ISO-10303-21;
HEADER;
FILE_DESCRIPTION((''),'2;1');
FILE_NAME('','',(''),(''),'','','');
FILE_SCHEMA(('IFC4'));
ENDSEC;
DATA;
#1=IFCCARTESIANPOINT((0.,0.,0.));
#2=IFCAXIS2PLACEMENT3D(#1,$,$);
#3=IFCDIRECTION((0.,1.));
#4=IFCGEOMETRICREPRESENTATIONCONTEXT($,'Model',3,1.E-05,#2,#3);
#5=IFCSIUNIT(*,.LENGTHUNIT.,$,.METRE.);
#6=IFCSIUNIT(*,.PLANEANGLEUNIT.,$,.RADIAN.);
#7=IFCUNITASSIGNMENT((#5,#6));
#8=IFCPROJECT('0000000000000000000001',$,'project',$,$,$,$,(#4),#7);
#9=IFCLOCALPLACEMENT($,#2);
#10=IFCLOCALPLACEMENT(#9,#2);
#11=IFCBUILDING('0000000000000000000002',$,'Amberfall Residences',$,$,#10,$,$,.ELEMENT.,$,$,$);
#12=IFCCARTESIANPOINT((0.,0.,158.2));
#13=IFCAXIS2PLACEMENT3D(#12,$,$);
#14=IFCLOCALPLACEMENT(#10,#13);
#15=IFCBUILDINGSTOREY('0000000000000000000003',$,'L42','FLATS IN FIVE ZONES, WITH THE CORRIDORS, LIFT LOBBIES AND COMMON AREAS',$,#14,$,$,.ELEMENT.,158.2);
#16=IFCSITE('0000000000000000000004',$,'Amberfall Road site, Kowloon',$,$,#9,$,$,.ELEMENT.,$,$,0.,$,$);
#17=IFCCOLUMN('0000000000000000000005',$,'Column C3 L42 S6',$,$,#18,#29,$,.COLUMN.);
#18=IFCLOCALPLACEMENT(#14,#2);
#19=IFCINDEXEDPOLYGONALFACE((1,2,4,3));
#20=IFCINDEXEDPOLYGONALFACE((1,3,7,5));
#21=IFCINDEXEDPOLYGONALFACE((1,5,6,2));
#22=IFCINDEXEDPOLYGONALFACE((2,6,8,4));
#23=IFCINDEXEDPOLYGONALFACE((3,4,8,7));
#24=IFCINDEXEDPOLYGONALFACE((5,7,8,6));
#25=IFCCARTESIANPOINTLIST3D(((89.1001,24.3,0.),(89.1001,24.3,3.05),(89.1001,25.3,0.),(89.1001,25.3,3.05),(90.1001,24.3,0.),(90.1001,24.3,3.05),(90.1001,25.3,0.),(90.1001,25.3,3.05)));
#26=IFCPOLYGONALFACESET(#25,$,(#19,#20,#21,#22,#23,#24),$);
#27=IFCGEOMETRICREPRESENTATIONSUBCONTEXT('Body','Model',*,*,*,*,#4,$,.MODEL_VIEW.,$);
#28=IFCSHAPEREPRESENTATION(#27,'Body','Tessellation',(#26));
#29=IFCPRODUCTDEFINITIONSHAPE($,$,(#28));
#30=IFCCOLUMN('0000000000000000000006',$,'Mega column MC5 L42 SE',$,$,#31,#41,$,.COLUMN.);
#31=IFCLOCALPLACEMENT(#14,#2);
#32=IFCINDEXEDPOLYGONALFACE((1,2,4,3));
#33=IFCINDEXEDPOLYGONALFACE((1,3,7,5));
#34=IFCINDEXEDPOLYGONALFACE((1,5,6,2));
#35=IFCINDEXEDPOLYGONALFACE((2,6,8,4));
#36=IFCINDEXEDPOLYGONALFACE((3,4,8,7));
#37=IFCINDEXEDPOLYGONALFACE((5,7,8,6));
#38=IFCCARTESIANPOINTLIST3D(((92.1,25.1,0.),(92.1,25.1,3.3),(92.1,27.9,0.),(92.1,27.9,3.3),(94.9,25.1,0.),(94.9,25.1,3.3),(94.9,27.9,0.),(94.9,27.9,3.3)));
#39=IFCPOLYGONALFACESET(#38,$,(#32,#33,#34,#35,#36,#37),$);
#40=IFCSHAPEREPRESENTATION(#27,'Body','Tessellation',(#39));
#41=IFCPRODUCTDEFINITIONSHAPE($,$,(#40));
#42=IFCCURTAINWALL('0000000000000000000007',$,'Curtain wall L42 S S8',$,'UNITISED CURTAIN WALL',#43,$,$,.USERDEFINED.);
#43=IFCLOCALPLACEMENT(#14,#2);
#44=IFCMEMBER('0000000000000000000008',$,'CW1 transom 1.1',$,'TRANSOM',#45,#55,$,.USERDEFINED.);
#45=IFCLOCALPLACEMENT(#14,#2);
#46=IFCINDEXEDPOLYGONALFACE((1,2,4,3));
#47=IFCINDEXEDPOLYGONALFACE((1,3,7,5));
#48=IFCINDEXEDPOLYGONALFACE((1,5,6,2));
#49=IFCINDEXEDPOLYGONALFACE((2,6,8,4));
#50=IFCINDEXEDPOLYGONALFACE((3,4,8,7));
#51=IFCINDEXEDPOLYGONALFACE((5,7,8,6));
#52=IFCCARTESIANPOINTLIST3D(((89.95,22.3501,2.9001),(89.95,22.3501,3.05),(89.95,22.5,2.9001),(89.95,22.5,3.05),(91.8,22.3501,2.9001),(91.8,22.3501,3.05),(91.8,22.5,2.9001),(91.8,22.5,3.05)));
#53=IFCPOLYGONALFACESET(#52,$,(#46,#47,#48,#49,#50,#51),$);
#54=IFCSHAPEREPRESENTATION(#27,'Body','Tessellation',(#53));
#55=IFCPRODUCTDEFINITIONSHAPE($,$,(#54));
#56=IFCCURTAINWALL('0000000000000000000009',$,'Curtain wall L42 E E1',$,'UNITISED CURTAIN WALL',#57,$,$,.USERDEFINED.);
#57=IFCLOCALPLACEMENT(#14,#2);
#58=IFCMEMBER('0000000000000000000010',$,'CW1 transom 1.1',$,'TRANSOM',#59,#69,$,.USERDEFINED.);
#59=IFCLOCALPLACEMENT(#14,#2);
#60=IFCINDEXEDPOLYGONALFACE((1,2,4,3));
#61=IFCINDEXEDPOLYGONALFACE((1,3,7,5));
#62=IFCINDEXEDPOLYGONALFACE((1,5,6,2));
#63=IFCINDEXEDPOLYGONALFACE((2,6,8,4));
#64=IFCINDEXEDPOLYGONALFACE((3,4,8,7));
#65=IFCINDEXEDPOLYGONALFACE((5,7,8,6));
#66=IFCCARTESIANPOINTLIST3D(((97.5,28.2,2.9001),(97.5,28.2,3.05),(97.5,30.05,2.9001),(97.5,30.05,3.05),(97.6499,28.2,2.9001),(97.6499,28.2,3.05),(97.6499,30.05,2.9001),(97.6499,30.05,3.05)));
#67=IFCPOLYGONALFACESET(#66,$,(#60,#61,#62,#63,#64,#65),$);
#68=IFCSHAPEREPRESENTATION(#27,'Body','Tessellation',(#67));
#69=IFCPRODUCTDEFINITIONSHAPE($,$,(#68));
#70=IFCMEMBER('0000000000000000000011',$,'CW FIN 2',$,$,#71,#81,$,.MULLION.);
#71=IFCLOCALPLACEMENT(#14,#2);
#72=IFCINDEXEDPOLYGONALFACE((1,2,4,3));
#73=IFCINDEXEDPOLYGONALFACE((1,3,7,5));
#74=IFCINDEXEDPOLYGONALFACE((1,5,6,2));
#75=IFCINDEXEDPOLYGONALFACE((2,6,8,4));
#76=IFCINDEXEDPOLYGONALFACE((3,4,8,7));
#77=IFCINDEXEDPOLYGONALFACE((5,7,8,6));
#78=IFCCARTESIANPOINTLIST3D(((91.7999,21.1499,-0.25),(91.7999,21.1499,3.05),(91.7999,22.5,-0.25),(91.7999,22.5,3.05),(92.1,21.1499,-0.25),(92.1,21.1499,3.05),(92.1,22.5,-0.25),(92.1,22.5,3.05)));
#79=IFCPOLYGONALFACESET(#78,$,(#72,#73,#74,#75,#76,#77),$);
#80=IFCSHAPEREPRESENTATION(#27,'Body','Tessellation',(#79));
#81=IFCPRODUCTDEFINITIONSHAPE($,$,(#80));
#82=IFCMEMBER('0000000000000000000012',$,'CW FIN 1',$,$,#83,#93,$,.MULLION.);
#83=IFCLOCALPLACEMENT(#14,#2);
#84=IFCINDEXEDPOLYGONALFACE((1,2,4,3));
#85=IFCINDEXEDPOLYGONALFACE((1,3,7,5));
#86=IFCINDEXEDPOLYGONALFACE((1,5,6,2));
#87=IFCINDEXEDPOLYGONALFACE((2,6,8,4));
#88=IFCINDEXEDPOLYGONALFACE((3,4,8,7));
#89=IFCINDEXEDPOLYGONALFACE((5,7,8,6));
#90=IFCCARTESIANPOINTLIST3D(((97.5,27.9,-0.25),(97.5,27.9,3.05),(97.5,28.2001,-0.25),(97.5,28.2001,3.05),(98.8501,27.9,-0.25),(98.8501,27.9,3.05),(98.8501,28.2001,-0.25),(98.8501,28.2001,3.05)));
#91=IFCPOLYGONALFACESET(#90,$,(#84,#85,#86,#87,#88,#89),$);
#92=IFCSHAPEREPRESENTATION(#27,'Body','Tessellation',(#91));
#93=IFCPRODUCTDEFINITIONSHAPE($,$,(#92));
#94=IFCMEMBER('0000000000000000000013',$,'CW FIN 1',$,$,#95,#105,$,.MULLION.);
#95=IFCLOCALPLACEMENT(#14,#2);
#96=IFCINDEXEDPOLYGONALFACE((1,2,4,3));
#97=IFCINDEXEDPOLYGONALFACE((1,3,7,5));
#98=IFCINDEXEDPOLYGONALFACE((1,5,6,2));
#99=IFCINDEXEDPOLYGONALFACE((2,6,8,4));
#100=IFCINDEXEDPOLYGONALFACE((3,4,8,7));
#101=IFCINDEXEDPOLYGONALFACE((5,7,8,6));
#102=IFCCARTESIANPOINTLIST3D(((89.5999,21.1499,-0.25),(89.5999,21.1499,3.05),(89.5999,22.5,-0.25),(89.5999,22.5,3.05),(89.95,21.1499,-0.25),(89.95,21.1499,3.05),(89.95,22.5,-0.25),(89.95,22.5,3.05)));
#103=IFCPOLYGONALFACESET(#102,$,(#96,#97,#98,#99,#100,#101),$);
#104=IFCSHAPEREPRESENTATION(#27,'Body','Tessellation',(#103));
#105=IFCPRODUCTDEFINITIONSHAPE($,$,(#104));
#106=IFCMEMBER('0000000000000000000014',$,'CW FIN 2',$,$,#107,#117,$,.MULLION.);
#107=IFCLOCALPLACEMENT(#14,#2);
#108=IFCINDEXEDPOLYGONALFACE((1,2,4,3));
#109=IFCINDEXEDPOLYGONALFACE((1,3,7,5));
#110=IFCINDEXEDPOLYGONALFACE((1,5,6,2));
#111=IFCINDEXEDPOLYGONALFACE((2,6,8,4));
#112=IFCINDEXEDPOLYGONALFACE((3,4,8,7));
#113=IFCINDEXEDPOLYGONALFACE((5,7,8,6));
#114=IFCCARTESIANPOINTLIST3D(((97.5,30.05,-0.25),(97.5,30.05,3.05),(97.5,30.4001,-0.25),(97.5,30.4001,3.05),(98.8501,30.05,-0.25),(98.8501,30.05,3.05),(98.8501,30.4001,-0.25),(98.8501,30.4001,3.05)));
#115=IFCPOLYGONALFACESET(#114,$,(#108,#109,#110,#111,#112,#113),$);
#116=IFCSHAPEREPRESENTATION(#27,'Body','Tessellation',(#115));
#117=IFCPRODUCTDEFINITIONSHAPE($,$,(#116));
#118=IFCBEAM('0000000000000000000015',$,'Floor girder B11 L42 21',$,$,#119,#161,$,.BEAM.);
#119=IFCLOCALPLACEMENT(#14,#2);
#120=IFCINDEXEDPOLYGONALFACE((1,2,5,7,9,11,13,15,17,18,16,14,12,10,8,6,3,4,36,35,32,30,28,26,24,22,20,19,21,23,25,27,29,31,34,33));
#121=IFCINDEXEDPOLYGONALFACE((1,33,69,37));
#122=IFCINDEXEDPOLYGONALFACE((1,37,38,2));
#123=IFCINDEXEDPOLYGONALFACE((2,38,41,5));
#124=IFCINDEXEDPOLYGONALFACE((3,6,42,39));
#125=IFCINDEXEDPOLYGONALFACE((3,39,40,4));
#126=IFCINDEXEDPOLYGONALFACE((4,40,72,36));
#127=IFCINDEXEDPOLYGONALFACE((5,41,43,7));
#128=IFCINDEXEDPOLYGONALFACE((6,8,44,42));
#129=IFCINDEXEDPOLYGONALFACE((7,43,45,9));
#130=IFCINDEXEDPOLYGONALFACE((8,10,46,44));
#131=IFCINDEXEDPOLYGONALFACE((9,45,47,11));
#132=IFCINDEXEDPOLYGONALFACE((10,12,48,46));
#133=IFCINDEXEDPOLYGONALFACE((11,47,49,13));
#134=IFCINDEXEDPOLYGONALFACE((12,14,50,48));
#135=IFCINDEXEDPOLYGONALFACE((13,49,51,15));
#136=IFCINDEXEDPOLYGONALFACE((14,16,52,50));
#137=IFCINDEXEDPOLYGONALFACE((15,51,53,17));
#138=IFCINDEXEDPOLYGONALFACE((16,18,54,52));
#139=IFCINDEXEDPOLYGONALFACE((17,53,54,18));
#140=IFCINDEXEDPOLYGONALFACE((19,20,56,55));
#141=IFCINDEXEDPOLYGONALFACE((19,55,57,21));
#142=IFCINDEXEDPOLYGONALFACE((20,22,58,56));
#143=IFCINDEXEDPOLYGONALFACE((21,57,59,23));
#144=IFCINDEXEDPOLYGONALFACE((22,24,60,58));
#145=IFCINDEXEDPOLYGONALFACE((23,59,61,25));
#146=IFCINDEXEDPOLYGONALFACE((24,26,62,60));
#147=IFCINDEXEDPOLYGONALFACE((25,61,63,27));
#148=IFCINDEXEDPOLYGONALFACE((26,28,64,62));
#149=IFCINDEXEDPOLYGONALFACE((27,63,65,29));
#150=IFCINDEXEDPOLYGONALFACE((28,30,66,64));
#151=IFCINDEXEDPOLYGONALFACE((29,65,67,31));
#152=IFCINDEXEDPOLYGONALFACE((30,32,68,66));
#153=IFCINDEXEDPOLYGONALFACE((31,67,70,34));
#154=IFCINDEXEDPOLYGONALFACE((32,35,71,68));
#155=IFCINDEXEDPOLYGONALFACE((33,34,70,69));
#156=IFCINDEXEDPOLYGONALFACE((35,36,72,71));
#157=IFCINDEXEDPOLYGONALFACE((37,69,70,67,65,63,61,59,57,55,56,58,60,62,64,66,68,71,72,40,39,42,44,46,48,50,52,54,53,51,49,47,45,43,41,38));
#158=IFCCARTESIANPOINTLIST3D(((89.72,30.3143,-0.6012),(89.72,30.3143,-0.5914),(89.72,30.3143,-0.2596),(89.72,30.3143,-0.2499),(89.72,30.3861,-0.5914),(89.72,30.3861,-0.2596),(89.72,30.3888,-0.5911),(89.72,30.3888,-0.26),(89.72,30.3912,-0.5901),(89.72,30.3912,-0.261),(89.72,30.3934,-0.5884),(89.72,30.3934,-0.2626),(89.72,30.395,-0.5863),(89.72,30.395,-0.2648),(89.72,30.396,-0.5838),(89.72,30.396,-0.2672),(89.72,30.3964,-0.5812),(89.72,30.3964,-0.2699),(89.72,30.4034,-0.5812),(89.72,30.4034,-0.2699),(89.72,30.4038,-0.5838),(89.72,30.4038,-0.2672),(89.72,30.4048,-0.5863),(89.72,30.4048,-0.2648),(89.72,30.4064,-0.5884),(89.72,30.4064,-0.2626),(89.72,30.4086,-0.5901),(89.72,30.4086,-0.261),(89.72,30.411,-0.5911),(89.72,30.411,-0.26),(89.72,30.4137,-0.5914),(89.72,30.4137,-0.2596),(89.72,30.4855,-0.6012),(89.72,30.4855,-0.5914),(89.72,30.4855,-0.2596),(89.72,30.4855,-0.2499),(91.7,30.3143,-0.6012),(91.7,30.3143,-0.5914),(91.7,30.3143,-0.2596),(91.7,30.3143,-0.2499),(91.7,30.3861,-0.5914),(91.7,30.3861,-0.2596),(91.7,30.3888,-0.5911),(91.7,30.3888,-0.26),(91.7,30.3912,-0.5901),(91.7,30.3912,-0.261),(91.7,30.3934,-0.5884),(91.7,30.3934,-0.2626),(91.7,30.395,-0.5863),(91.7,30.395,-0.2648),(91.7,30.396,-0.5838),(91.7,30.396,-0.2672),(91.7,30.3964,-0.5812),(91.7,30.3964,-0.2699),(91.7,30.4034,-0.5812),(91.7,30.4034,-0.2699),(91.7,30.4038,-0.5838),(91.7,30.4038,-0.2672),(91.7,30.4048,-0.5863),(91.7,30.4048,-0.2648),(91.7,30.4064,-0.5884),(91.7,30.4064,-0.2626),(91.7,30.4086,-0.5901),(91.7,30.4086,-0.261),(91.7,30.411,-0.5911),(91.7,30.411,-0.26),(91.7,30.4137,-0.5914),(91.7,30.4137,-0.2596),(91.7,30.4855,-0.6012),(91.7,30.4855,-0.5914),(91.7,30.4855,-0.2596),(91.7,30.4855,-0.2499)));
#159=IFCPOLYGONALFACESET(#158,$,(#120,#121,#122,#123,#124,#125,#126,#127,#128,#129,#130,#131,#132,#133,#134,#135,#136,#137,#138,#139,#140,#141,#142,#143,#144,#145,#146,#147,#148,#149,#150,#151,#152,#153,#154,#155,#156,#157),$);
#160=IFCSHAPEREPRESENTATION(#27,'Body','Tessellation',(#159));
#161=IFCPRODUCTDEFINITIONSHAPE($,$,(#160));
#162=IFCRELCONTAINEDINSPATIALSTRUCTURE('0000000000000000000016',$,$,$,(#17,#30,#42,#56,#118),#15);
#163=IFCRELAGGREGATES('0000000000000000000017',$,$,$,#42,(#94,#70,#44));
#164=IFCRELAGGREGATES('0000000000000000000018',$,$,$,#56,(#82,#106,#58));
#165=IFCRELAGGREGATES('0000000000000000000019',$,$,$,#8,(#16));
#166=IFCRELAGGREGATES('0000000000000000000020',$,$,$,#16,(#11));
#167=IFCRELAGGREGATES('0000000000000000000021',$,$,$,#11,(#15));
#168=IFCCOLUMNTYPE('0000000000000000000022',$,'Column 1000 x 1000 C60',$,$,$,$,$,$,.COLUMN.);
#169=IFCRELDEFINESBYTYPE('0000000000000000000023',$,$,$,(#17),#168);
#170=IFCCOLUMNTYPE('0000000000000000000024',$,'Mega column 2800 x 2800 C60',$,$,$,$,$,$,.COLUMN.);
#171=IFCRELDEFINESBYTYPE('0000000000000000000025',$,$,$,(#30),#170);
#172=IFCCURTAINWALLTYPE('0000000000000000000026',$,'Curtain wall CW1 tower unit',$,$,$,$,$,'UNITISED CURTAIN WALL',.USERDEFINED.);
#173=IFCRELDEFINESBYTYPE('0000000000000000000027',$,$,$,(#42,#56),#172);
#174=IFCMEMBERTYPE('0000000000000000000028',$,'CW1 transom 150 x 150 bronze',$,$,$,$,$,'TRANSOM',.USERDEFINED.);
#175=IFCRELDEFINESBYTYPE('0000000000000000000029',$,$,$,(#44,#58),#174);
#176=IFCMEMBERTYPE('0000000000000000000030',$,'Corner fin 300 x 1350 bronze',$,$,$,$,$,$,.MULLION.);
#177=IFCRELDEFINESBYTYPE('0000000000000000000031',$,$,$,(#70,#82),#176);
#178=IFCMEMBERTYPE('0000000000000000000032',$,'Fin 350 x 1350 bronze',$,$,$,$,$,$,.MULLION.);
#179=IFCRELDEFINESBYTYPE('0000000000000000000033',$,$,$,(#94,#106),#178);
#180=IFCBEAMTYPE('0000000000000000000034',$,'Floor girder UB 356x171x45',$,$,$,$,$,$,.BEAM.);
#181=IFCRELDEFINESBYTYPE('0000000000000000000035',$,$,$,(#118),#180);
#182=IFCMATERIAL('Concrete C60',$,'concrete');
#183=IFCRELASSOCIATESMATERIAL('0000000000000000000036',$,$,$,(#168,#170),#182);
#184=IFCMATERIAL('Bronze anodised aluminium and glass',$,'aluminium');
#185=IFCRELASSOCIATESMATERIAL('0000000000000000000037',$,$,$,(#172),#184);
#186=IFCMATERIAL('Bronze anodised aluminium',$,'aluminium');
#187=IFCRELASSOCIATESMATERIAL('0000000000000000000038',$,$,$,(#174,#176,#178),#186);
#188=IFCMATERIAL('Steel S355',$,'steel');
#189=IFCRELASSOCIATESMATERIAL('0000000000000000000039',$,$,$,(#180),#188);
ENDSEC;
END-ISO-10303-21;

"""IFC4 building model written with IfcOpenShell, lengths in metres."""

from ifc_helpers import new_model, si_unit, direction, frame, origin, origin_2d, place, context, subcontext, project, spatial, rectangle, i_section, extrude, material, material_profile, profile_set, type_object, element, aggregate, save


model = new_model("IFC4")

# Units and contexts
model_context = context("Model", 3, precision=1e-05, world=origin(), true_north=direction((0.0, 1.0)))
body_context = subcontext(model_context, "Body", "Model", "MODEL_VIEW")
ifc_project = project(units=[si_unit("LENGTHUNIT", "METRE"), si_unit("PLANEANGLEUNIT", "RADIAN")], contexts=[model_context])

# Site, building, storey
site_placement = place(None, origin())
site = spatial("IfcSite", under=ifc_project, at=site_placement, Name="Amberfall Road site, Kowloon", CompositionType="ELEMENT", RefElevation=0.0)
building_placement = place(site_placement, origin())
building = spatial("IfcBuilding", under=site, at=building_placement, Name="Amberfall Residences", CompositionType="ELEMENT")
storey_placement = place(building_placement, frame((0.0, 0.0, 158.2)))
storey = spatial("IfcBuildingStorey", under=building, at=storey_placement, Name="L42", Description="FLATS IN FIVE ZONES, WITH THE CORRIDORS, LIFT LOBBIES AND COMMON AREAS", CompositionType="ELEMENT", Elevation=158.2)

# Columns
ifc_material_1 = material(Name="Concrete C60", Category="concrete")
ifc_material_profile_1 = material_profile(ifc_material_1, rectangle(XDim=1.0, YDim=1.0, at=origin_2d()), Name="Column 1000 x 1000 C60")
ifc_profile_set_1 = profile_set([ifc_material_profile_1], Name="Concrete C60")
column_type_1 = type_object("IfcColumnType", Name="Column 1000 x 1000 C60", PredefinedType="COLUMN", material=ifc_profile_set_1)
column_1_placement = place(storey_placement, frame((89.6001, 24.8, 0.0), z_axis=(0.0, 0.0, 1.0), x_axis=(1.0, 0.0, 0.0)))
element("IfcColumn", 1, at=column_1_placement, inside=storey, type_object=column_type_1, Name="Column C3 L42 S6", PredefinedType="COLUMN", context=body_context, shape_type="SweptSolid", body=[
    extrude(rectangle(XDim=1.0, YDim=1.0, at=origin_2d()), origin(), (0.0, 0.0, 1.0), 3.05),
])
ifc_material_profile_2 = material_profile(ifc_material_1, rectangle(XDim=2.8, YDim=2.8, at=origin_2d()), Name="Mega column 2800 x 2800 C60")
ifc_profile_set_2 = profile_set([ifc_material_profile_2], Name="Concrete C60")
column_type_2 = type_object("IfcColumnType", Name="Mega column 2800 x 2800 C60", PredefinedType="COLUMN", material=ifc_profile_set_2)
column_2_placement = place(storey_placement, frame((93.5, 26.5, 0.0), z_axis=(0.0, 0.0, 1.0), x_axis=(1.0, 0.0, 0.0)))
element("IfcColumn", 2, at=column_2_placement, inside=storey, type_object=column_type_2, Name="Mega column MC5 L42 SE", PredefinedType="COLUMN", context=body_context, shape_type="SweptSolid", body=[
    extrude(rectangle(XDim=2.8, YDim=2.8, at=origin_2d()), origin(), (0.0, 0.0, 1.0), 3.3),
])

# Curtain walls, members
ifc_material_2 = material(Name="Bronze anodised aluminium and glass", Category="aluminium")
curtain_wall_type = type_object("IfcCurtainWallType", Name="Curtain wall CW1 tower unit", ElementType="UNITISED CURTAIN WALL", PredefinedType="USERDEFINED", material=ifc_material_2)
curtain_wall_1_placement = place(storey_placement, origin())
curtain_wall_1 = element("IfcCurtainWall", 3, at=curtain_wall_1_placement, inside=storey, type_object=curtain_wall_type, Name="Curtain wall L42 S S8", ObjectType="UNITISED CURTAIN WALL", PredefinedType="USERDEFINED")
ifc_material_3 = material(Name="Bronze anodised aluminium", Category="aluminium")
ifc_material_profile_3 = material_profile(ifc_material_3, rectangle(XDim=0.1499, YDim=0.1499, at=origin_2d()), Name="CW1 transom 150 x 150 bronze")
ifc_profile_set_3 = profile_set([ifc_material_profile_3], Name="Bronze anodised aluminium")
member_type_1 = type_object("IfcMemberType", Name="CW1 transom 150 x 150 bronze", ElementType="TRANSOM", PredefinedType="USERDEFINED", material=ifc_profile_set_3)
member_1_placement = place(storey_placement, frame((89.95, 22.425, 2.9751), z_axis=(1.0, 0.0, 0.0), x_axis=(0.0, 1.0, 0.0)))
member_1 = element("IfcMember", 4, at=member_1_placement, type_object=member_type_1, Name="CW1 transom 1.1", ObjectType="TRANSOM", PredefinedType="USERDEFINED", context=body_context, shape_type="SweptSolid", body=[
    extrude(rectangle(XDim=0.1499, YDim=0.1499, at=origin_2d()), origin(), (0.0, 0.0, 1.0), 1.8501),
])
curtain_wall_2_placement = place(storey_placement, origin())
curtain_wall_2 = element("IfcCurtainWall", 5, at=curtain_wall_2_placement, inside=storey, type_object=curtain_wall_type, Name="Curtain wall L42 E E1", ObjectType="UNITISED CURTAIN WALL", PredefinedType="USERDEFINED")
member_2_placement = place(storey_placement, frame((97.575, 28.2, 2.9751), z_axis=(0.0, 1.0, 0.0), x_axis=(-1.0, 0.0, 0.0)))
member_2 = element("IfcMember", 6, at=member_2_placement, type_object=member_type_1, Name="CW1 transom 1.1", ObjectType="TRANSOM", PredefinedType="USERDEFINED", context=body_context, shape_type="SweptSolid", body=[
    extrude(rectangle(XDim=0.1499, YDim=0.1499, at=origin_2d()), origin(), (0.0, 0.0, 1.0), 1.8501),
])

# Members
ifc_material_profile_4 = material_profile(ifc_material_3, rectangle(XDim=1.3501, YDim=0.3, at=origin_2d()), Name="Corner fin 300 x 1350 bronze")
ifc_profile_set_4 = profile_set([ifc_material_profile_4], Name="Bronze anodised aluminium")
member_type_2 = type_object("IfcMemberType", Name="Corner fin 300 x 1350 bronze", PredefinedType="MULLION", material=ifc_profile_set_4)
member_3_placement = place(storey_placement, frame((91.95, 21.825, -0.25), z_axis=(0.0, 0.0, 1.0), x_axis=(0.0, 1.0, 0.0)))
member_3 = element("IfcMember", 7, at=member_3_placement, type_object=member_type_2, Name="CW FIN 2", PredefinedType="MULLION", context=body_context, shape_type="SweptSolid", body=[
    extrude(rectangle(XDim=1.3501, YDim=0.3, at=origin_2d()), origin(), (0.0, 0.0, 1.0), 3.3),
])
member_4_placement = place(storey_placement, frame((98.175, 28.05, -0.25), z_axis=(0.0, 0.0, 1.0), x_axis=(-1.0, 0.0, 0.0)))
member_4 = element("IfcMember", 8, at=member_4_placement, type_object=member_type_2, Name="CW FIN 1", PredefinedType="MULLION", context=body_context, shape_type="SweptSolid", body=[
    extrude(rectangle(XDim=1.3501, YDim=0.3, at=origin_2d()), origin(), (0.0, 0.0, 1.0), 3.3),
])
ifc_material_profile_5 = material_profile(ifc_material_3, rectangle(XDim=1.3501, YDim=0.3501, at=origin_2d()), Name="Fin 350 x 1350 bronze")
ifc_profile_set_5 = profile_set([ifc_material_profile_5], Name="Bronze anodised aluminium")
member_type_3 = type_object("IfcMemberType", Name="Fin 350 x 1350 bronze", PredefinedType="MULLION", material=ifc_profile_set_5)
member_5_placement = place(storey_placement, frame((89.7749, 21.825, -0.25), z_axis=(0.0, 0.0, 1.0), x_axis=(0.0, 1.0, 0.0)))
member_5 = element("IfcMember", 9, at=member_5_placement, type_object=member_type_3, Name="CW FIN 1", PredefinedType="MULLION", context=body_context, shape_type="SweptSolid", body=[
    extrude(rectangle(XDim=1.3501, YDim=0.3501, at=origin_2d()), origin(), (0.0, 0.0, 1.0), 3.3),
])
member_6_placement = place(storey_placement, frame((98.175, 30.2251, -0.25), z_axis=(0.0, 0.0, 1.0), x_axis=(-1.0, 0.0, 0.0)))
member_6 = element("IfcMember", 10, at=member_6_placement, type_object=member_type_3, Name="CW FIN 2", PredefinedType="MULLION", context=body_context, shape_type="SweptSolid", body=[
    extrude(rectangle(XDim=1.3501, YDim=0.3501, at=origin_2d()), origin(), (0.0, 0.0, 1.0), 3.3),
])

# Beam
ifc_material_4 = material(Name="Steel S355", Category="steel")
ifc_material_profile_6 = material_profile(ifc_material_4, i_section(OverallWidth=0.1711, OverallDepth=0.3513, WebThickness=0.0071, FlangeThickness=0.0098, FilletRadius=0.0103, at=origin_2d()), Name="UB 356x171x45")
ifc_profile_set_6 = profile_set([ifc_material_profile_6], Name="Steel S355")
beam_type_1 = type_object("IfcBeamType", Name="Floor girder UB 356x171x45", PredefinedType="BEAM", material=ifc_profile_set_6)
beam_1_placement = place(storey_placement, frame((91.7, 30.3999, -0.4255), z_axis=(-1.0, 0.0, 0.0), x_axis=(0.0, -1.0, 0.0)))
element("IfcBeam", 11, at=beam_1_placement, inside=storey, type_object=beam_type_1, Name="Floor girder B11 L42 21", PredefinedType="BEAM", context=body_context, shape_type="SweptSolid", body=[
    extrude(i_section(OverallWidth=0.1711, OverallDepth=0.3513, WebThickness=0.0071, FlangeThickness=0.0098, FilletRadius=0.0103, at=origin_2d()), origin(), (0.0, 0.0, 1.0), 1.98),
])

aggregate(curtain_wall_1, [member_5, member_3, member_1])
aggregate(curtain_wall_2, [member_4, member_6, member_2])

save(model, "model.ifc")
